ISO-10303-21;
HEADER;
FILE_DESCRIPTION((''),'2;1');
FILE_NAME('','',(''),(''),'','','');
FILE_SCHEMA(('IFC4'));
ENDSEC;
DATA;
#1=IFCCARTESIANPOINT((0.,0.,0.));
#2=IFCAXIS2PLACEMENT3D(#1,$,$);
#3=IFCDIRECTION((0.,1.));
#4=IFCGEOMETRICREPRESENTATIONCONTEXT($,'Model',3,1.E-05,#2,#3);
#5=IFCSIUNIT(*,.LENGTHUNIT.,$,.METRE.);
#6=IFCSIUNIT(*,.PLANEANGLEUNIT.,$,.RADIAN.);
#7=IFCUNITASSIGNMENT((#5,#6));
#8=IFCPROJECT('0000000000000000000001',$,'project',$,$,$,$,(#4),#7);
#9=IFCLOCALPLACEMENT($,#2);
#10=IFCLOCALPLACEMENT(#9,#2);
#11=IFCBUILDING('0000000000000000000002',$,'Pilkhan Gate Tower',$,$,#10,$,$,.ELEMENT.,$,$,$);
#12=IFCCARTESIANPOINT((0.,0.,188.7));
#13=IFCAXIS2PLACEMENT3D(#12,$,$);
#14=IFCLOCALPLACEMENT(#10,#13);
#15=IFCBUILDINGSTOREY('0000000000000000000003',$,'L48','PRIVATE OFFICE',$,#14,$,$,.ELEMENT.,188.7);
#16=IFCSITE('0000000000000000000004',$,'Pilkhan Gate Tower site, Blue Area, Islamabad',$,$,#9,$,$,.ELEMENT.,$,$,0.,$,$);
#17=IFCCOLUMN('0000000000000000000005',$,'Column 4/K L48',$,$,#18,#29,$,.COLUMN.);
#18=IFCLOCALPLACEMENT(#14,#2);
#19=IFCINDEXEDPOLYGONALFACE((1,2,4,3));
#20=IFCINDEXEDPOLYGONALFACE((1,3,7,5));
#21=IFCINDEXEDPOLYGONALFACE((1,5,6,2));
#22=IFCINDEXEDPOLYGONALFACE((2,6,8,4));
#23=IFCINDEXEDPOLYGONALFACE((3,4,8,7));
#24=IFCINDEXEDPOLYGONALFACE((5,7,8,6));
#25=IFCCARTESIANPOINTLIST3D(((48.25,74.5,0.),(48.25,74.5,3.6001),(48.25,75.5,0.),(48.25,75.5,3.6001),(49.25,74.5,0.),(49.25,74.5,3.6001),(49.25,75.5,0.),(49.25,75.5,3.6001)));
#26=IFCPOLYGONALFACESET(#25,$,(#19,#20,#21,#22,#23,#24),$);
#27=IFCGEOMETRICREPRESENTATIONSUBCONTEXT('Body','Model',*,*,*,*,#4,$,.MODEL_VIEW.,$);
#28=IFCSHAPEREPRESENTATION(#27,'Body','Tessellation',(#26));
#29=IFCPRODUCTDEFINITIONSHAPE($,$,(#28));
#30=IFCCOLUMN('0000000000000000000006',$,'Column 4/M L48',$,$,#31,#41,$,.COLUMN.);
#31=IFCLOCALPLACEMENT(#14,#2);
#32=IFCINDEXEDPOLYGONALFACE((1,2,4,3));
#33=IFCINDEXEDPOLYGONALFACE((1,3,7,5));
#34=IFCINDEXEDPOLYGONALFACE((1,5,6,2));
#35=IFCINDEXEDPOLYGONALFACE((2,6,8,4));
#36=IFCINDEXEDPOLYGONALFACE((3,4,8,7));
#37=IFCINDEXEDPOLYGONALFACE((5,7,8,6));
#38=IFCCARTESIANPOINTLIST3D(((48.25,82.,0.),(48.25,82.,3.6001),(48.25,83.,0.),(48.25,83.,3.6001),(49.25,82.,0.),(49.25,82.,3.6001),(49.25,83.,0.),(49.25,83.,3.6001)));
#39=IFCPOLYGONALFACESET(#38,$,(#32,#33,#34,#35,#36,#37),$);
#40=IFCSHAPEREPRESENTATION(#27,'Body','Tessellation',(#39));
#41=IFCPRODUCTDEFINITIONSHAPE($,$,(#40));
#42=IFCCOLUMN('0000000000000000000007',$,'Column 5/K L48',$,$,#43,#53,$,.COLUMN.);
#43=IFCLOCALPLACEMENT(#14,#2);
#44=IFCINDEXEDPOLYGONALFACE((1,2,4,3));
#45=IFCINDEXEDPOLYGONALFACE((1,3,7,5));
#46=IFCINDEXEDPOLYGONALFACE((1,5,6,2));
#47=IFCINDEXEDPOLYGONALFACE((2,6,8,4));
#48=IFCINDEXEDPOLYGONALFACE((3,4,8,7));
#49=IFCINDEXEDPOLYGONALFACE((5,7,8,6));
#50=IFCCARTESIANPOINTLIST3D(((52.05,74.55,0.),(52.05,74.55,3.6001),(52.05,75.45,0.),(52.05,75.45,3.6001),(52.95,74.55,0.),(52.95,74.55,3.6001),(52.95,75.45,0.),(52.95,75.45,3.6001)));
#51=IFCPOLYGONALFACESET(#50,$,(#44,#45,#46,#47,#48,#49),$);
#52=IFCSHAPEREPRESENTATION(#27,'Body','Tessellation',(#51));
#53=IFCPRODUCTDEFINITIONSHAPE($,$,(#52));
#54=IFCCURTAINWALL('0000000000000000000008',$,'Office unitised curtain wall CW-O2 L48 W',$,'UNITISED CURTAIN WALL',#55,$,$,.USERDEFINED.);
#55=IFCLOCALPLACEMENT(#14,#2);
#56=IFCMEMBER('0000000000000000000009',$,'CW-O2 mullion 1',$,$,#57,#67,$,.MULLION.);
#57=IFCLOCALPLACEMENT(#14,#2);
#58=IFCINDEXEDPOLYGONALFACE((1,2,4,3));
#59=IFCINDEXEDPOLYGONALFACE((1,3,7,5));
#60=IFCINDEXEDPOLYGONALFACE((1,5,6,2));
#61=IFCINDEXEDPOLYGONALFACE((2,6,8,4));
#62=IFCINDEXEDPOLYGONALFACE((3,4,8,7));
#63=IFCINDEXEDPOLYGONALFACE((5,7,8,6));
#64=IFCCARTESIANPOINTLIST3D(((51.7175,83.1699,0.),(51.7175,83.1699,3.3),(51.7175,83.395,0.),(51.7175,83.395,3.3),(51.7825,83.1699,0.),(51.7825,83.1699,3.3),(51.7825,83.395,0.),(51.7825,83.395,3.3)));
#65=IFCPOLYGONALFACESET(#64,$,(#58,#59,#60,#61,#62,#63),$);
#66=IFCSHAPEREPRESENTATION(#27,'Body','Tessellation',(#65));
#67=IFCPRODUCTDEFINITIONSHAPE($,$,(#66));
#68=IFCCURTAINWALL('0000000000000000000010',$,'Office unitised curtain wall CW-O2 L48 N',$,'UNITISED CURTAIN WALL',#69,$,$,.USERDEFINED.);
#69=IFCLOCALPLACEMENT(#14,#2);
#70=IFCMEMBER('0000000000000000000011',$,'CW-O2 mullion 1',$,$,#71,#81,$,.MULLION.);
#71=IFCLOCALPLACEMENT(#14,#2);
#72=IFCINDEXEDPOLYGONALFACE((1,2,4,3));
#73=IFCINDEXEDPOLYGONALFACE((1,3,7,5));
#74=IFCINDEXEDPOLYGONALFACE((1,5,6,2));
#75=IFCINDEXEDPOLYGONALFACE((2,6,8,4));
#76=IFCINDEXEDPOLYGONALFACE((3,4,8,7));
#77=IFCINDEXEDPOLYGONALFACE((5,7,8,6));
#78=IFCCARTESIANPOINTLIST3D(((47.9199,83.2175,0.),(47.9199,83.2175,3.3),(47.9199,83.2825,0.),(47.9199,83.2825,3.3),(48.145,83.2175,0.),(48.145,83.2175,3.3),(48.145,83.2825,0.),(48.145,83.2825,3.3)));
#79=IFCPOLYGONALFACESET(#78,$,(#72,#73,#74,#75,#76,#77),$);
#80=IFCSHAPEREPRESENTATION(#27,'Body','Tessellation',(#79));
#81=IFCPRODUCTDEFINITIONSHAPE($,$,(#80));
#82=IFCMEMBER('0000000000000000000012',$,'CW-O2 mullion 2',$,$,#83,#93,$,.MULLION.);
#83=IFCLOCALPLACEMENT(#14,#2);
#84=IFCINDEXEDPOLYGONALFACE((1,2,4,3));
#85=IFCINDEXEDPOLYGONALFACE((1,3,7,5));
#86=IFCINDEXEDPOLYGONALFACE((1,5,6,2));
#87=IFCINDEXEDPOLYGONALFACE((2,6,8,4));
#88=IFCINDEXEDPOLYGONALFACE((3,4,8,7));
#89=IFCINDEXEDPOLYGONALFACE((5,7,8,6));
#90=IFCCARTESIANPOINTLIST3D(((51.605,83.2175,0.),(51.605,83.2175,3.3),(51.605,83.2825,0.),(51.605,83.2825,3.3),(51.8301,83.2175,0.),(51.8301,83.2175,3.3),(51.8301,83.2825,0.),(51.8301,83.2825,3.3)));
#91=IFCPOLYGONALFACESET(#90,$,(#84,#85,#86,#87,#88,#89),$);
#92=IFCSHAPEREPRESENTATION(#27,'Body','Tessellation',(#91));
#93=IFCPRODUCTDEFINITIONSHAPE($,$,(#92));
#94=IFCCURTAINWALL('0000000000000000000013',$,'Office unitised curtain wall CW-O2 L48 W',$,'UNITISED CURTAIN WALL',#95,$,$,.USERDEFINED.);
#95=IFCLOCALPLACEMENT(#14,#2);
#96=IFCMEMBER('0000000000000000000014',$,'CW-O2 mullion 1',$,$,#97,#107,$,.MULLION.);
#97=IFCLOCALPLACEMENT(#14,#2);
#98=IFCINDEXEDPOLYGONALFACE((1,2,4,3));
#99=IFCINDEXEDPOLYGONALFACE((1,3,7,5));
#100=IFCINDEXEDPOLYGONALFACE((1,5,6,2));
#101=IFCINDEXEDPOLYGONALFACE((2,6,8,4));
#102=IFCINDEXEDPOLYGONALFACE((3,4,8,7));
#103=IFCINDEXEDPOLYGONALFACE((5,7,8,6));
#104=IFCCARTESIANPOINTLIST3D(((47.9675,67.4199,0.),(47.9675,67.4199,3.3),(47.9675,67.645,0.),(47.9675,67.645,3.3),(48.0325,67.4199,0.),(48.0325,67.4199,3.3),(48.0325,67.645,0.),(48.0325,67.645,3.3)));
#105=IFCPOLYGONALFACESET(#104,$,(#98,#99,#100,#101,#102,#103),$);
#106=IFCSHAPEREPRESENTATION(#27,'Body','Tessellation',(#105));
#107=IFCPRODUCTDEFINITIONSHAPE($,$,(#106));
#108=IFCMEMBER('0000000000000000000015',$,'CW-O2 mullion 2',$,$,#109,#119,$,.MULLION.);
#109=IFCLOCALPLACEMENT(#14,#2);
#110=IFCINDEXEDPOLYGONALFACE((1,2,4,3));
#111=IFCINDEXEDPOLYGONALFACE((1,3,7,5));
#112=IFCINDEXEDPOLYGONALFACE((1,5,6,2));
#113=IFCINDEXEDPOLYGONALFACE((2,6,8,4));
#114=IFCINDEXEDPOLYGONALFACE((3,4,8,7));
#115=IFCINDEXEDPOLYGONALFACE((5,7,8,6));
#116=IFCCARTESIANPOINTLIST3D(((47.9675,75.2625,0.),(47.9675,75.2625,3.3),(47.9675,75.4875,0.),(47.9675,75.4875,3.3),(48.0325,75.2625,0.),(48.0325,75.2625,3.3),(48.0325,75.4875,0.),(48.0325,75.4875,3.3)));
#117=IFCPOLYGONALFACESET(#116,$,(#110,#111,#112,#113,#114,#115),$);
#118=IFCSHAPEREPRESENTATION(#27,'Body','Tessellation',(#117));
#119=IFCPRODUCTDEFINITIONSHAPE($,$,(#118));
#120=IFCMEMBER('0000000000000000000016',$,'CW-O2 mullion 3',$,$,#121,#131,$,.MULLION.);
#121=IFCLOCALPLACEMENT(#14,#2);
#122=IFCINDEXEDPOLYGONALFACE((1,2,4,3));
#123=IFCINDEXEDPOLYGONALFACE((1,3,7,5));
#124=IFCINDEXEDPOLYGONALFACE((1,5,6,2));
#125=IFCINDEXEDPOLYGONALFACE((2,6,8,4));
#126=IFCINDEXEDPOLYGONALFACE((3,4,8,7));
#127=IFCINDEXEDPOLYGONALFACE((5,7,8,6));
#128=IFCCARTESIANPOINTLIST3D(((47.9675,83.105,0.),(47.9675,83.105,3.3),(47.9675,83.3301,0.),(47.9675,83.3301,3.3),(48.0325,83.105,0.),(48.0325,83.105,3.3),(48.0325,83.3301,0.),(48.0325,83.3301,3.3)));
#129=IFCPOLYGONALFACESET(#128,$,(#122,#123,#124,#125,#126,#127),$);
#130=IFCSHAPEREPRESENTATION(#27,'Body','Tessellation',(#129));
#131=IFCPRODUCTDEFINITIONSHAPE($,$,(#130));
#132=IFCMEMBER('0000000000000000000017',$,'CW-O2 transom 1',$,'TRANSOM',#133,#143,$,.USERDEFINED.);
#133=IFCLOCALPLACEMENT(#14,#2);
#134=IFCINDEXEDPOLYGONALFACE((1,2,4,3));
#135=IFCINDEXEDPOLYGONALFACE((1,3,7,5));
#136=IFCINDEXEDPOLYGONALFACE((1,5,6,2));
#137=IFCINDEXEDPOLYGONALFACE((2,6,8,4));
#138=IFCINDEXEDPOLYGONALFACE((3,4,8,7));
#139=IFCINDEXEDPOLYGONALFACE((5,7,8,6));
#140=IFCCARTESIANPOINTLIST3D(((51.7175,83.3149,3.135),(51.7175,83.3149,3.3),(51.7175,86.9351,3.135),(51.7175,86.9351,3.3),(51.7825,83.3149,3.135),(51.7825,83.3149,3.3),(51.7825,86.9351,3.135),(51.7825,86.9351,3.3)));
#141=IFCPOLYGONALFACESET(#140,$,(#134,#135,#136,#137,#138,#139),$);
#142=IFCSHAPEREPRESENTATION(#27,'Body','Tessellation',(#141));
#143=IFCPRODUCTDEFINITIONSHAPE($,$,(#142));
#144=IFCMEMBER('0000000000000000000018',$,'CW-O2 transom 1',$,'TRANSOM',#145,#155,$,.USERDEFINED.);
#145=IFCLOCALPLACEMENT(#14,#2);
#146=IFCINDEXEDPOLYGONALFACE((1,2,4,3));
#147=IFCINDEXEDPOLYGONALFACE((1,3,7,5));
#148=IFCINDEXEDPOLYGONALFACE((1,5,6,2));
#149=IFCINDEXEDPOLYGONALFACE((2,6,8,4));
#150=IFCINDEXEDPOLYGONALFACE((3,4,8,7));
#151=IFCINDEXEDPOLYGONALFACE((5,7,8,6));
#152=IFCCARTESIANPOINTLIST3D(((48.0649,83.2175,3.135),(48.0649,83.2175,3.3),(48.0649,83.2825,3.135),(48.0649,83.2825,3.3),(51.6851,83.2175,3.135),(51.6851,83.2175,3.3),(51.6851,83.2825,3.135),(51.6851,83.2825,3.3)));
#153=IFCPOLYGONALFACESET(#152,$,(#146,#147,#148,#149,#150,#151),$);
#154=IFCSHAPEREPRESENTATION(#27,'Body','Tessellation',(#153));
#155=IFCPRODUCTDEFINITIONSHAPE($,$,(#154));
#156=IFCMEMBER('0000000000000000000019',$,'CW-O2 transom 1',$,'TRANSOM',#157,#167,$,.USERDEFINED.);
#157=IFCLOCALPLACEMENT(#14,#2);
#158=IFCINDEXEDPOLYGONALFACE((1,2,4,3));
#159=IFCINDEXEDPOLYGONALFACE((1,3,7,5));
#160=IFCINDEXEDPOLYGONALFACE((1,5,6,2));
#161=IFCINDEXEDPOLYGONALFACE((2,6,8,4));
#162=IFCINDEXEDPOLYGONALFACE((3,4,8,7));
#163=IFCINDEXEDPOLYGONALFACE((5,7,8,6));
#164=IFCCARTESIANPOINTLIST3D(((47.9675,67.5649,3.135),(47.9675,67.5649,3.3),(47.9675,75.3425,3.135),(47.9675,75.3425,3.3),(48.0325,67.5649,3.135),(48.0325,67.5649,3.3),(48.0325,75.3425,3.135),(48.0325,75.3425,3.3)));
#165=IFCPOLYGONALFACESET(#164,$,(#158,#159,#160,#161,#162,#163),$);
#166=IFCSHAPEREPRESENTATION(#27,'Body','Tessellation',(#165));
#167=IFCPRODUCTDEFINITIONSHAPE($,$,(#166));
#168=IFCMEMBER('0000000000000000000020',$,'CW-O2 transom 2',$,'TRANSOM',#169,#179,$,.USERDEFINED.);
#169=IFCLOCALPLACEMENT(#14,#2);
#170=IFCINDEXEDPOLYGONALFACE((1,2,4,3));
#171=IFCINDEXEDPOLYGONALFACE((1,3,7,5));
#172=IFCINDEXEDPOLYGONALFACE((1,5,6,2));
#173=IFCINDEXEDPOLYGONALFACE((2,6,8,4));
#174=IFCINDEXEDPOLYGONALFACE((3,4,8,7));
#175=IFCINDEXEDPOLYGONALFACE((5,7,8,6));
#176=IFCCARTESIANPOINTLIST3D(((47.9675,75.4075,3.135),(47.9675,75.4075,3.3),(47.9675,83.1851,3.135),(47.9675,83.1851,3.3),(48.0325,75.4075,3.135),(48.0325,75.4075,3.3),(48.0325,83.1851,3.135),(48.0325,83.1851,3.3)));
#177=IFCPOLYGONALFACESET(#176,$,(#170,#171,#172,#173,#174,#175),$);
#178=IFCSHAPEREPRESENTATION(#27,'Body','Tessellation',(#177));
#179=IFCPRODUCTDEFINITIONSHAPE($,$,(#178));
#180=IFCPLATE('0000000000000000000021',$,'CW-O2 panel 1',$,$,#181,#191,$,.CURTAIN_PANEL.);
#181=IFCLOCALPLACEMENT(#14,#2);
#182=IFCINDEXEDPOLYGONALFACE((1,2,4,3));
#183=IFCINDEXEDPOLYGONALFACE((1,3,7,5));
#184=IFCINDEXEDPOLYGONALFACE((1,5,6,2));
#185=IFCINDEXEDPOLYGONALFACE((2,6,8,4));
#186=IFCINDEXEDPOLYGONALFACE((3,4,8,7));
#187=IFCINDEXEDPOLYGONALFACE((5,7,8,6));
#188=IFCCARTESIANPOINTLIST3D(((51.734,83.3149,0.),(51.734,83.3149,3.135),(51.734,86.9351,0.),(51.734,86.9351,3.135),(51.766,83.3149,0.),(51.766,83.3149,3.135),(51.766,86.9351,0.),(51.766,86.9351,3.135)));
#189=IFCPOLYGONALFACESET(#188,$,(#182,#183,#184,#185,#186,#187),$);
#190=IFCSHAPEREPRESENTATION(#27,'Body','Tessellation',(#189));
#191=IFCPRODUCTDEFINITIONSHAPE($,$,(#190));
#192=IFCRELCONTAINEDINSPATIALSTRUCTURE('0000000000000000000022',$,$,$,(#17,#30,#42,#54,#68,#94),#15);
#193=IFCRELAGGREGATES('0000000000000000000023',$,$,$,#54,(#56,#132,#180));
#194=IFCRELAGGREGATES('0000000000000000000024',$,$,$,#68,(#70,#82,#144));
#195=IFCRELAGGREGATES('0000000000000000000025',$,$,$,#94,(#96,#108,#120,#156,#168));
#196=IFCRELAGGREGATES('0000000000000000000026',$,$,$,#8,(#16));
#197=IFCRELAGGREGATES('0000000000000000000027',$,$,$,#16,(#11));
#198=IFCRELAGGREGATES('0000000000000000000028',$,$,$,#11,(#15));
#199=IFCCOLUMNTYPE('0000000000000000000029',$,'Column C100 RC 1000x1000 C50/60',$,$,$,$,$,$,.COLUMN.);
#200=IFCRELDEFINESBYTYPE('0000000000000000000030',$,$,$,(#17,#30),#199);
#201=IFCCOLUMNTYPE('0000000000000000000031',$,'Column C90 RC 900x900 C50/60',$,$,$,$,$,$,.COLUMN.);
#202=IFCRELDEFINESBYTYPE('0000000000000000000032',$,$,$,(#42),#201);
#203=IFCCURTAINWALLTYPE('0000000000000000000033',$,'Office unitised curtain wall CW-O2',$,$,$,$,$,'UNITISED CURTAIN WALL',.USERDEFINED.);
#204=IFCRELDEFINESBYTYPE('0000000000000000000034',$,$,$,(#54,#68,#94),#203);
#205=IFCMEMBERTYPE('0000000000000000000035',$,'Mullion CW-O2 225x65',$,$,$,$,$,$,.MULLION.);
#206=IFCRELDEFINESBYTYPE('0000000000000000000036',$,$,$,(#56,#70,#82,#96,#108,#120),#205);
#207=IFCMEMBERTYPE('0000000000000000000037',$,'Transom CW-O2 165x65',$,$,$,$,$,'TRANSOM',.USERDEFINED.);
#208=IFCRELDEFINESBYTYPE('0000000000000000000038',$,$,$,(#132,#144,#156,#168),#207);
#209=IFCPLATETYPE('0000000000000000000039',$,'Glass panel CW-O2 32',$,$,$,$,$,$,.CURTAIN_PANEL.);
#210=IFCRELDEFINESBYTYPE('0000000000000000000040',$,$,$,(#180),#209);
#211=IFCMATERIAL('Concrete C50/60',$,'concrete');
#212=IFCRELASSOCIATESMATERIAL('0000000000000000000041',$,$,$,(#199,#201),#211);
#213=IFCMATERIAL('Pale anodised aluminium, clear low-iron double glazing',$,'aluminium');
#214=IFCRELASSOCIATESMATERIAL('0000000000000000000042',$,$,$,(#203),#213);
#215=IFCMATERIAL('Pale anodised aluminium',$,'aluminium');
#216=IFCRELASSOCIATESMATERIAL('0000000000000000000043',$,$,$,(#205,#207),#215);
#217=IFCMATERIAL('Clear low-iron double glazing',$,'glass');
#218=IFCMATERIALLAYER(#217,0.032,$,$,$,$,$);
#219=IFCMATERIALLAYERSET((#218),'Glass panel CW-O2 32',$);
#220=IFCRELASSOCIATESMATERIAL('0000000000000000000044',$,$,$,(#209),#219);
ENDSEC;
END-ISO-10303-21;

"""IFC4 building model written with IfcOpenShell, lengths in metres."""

from ifc_helpers import new_model, si_unit, direction, frame, origin, origin_2d, place, context, subcontext, project, spatial, rectangle, extrude, material, layer, layer_set, material_profile, profile_set, type_object, element, aggregate, save


model = new_model("IFC4")

# Units and contexts
model_context = context("Model", 3, precision=1e-05, world=origin(), true_north=direction((0.0, 1.0)))
body_context = subcontext(model_context, "Body", "Model", "MODEL_VIEW")
ifc_project = project(units=[si_unit("LENGTHUNIT", "METRE"), si_unit("PLANEANGLEUNIT", "RADIAN")], contexts=[model_context])

# Site, building, storey
site_placement = place(None, origin())
site = spatial("IfcSite", under=ifc_project, at=site_placement, Name="Pilkhan Gate Tower site, Blue Area, Islamabad", CompositionType="ELEMENT", RefElevation=0.0)
building_placement = place(site_placement, origin())
building = spatial("IfcBuilding", under=site, at=building_placement, Name="Pilkhan Gate Tower", CompositionType="ELEMENT")
storey_placement = place(building_placement, frame((0.0, 0.0, 188.7)))
storey = spatial("IfcBuildingStorey", under=building, at=storey_placement, Name="L48", Description="PRIVATE OFFICE", CompositionType="ELEMENT", Elevation=188.7)

# Columns
ifc_material_1 = material(Name="Concrete C50/60", Category="concrete")
ifc_material_profile_1 = material_profile(ifc_material_1, rectangle(XDim=1.0, YDim=1.0, at=origin_2d()), Name="RC 1000x1000")
ifc_profile_set_1 = profile_set([ifc_material_profile_1], Name="Concrete C50/60")
column_type_1 = type_object("IfcColumnType", Name="Column C100 RC 1000x1000 C50/60", PredefinedType="COLUMN", material=ifc_profile_set_1)
for number, where, z_axis, x_axis, name in (
    (1, (48.75, 75.0, 0.0), (0.0, 0.0, 1.0), (1.0, 0.0, 0.0), "Column 4/K L48"),
    (2, (48.75, 82.5, 0.0), (0.0, 0.0, 1.0), (1.0, 0.0, 0.0), "Column 4/M L48"),
):
    element("IfcColumn", number, at=place(storey_placement, frame(where, z_axis=z_axis, x_axis=x_axis)), inside=storey, type_object=column_type_1, Name=name, PredefinedType="COLUMN", context=body_context, shape_type="SweptSolid", body=[
        extrude(rectangle(XDim=1.0, YDim=1.0, at=origin_2d()), origin(), (0.0, 0.0, 1.0), 3.6001),
    ])
ifc_material_profile_2 = material_profile(ifc_material_1, rectangle(XDim=0.8999, YDim=0.8999, at=origin_2d()), Name="RC 900x900")
ifc_profile_set_2 = profile_set([ifc_material_profile_2], Name="Concrete C50/60")
column_type_2 = type_object("IfcColumnType", Name="Column C90 RC 900x900 C50/60", PredefinedType="COLUMN", material=ifc_profile_set_2)
column_placement = place(storey_placement, frame((52.5, 75.0, 0.0), z_axis=(0.0, 0.0, 1.0), x_axis=(1.0, 0.0, 0.0)))
element("IfcColumn", 3, at=column_placement, inside=storey, type_object=column_type_2, Name="Column 5/K L48", PredefinedType="COLUMN", context=body_context, shape_type="SweptSolid", body=[
    extrude(rectangle(XDim=0.8999, YDim=0.8999, at=origin_2d()), origin(), (0.0, 0.0, 1.0), 3.6001),
])

# Curtain wall, member
ifc_material_2 = material(Name="Pale anodised aluminium, clear low-iron double glazing", Category="aluminium")
curtain_wall_type = type_object("IfcCurtainWallType", Name="Office unitised curtain wall CW-O2", ElementType="UNITISED CURTAIN WALL", PredefinedType="USERDEFINED", material=ifc_material_2)
curtain_wall_1_placement = place(storey_placement, origin())
curtain_wall_1 = element("IfcCurtainWall", 4, at=curtain_wall_1_placement, inside=storey, type_object=curtain_wall_type, Name="Office unitised curtain wall CW-O2 L48 W", ObjectType="UNITISED CURTAIN WALL", PredefinedType="USERDEFINED")
ifc_material_3 = material(Name="Pale anodised aluminium", Category="aluminium")
ifc_material_profile_3 = material_profile(ifc_material_3, rectangle(XDim=0.0649, YDim=0.2251, at=origin_2d()), Name="Mullion 225x65")
ifc_profile_set_3 = profile_set([ifc_material_profile_3], Name="Pale anodised aluminium")
member_type_1 = type_object("IfcMemberType", Name="Mullion CW-O2 225x65", PredefinedType="MULLION", material=ifc_profile_set_3)
member_1_placement = place(storey_placement, frame((51.75, 83.2825, 0.0), z_axis=(0.0, 0.0, 1.0), x_axis=(-1.0, 0.0, 0.0)))
member_1 = element("IfcMember", 5, at=member_1_placement, type_object=member_type_1, Name="CW-O2 mullion 1", PredefinedType="MULLION", context=body_context, shape_type="SweptSolid", body=[
    extrude(rectangle(XDim=0.0649, YDim=0.2251, at=origin_2d()), origin(), (0.0, 0.0, 1.0), 3.3),
])

# Curtain walls, members
curtain_wall_2_placement = place(storey_placement, origin())
curtain_wall_2 = element("IfcCurtainWall", 6, at=curtain_wall_2_placement, inside=storey, type_object=curtain_wall_type, Name="Office unitised curtain wall CW-O2 L48 N", ObjectType="UNITISED CURTAIN WALL", PredefinedType="USERDEFINED")
member_2_placement = place(storey_placement, frame((48.0325, 83.25, 0.0), z_axis=(0.0, 0.0, 1.0), x_axis=(0.0, 1.0, 0.0)))
member_2 = element("IfcMember", 7, at=member_2_placement, type_object=member_type_1, Name="CW-O2 mullion 1", PredefinedType="MULLION", context=body_context, shape_type="SweptSolid", body=[
    extrude(rectangle(XDim=0.0649, YDim=0.2251, at=origin_2d()), origin(), (0.0, 0.0, 1.0), 3.3),
])
member_3_placement = place(storey_placement, frame((51.7175, 83.25, 0.0), z_axis=(0.0, 0.0, 1.0), x_axis=(0.0, 1.0, 0.0)))
member_3 = element("IfcMember", 8, at=member_3_placement, type_object=member_type_1, Name="CW-O2 mullion 2", PredefinedType="MULLION", context=body_context, shape_type="SweptSolid", body=[
    extrude(rectangle(XDim=0.0649, YDim=0.2251, at=origin_2d()), origin(), (0.0, 0.0, 1.0), 3.3),
])
curtain_wall_3_placement = place(storey_placement, origin())
curtain_wall_3 = element("IfcCurtainWall", 9, at=curtain_wall_3_placement, inside=storey, type_object=curtain_wall_type, Name="Office unitised curtain wall CW-O2 L48 W", ObjectType="UNITISED CURTAIN WALL", PredefinedType="USERDEFINED")
member_4_placement = place(storey_placement, frame((48.0, 67.5325, 0.0), z_axis=(0.0, 0.0, 1.0), x_axis=(-1.0, 0.0, 0.0)))
member_4 = element("IfcMember", 10, at=member_4_placement, type_object=member_type_1, Name="CW-O2 mullion 1", PredefinedType="MULLION", context=body_context, shape_type="SweptSolid", body=[
    extrude(rectangle(XDim=0.0649, YDim=0.2251, at=origin_2d()), origin(), (0.0, 0.0, 1.0), 3.3),
])
member_5_placement = place(storey_placement, frame((48.0, 75.375, 0.0), z_axis=(0.0, 0.0, 1.0), x_axis=(-1.0, 0.0, 0.0)))
member_5 = element("IfcMember", 11, at=member_5_placement, type_object=member_type_1, Name="CW-O2 mullion 2", PredefinedType="MULLION", context=body_context, shape_type="SweptSolid", body=[
    extrude(rectangle(XDim=0.0649, YDim=0.2251, at=origin_2d()), origin(), (0.0, 0.0, 1.0), 3.3),
])
member_6_placement = place(storey_placement, frame((48.0, 83.2175, 0.0), z_axis=(0.0, 0.0, 1.0), x_axis=(-1.0, 0.0, 0.0)))
member_6 = element("IfcMember", 12, at=member_6_placement, type_object=member_type_1, Name="CW-O2 mullion 3", PredefinedType="MULLION", context=body_context, shape_type="SweptSolid", body=[
    extrude(rectangle(XDim=0.0649, YDim=0.2251, at=origin_2d()), origin(), (0.0, 0.0, 1.0), 3.3),
])

# Members
ifc_material_profile_4 = material_profile(ifc_material_3, rectangle(XDim=0.0649, YDim=0.165, at=origin_2d()), Name="Transom 165x65")
ifc_profile_set_4 = profile_set([ifc_material_profile_4], Name="Pale anodised aluminium")
member_type_2 = type_object("IfcMemberType", Name="Transom CW-O2 165x65", ElementType="TRANSOM", PredefinedType="USERDEFINED", material=ifc_profile_set_4)
member_7_placement = place(storey_placement, frame((51.75, 83.3149, 3.2175), z_axis=(0.0, 1.0, 0.0), x_axis=(-1.0, 0.0, 0.0)))
member_7 = element("IfcMember", 13, at=member_7_placement, type_object=member_type_2, Name="CW-O2 transom 1", ObjectType="TRANSOM", PredefinedType="USERDEFINED", context=body_context, shape_type="SweptSolid", body=[
    extrude(rectangle(XDim=0.0649, YDim=0.165, at=origin_2d()), origin(), (0.0, 0.0, 1.0), 3.6201),
])
member_8_placement = place(storey_placement, frame((48.0649, 83.25, 3.2175), z_axis=(1.0, 0.0, 0.0), x_axis=(0.0, 1.0, 0.0)))
member_8 = element("IfcMember", 14, at=member_8_placement, type_object=member_type_2, Name="CW-O2 transom 1", ObjectType="TRANSOM", PredefinedType="USERDEFINED", context=body_context, shape_type="SweptSolid", body=[
    extrude(rectangle(XDim=0.0649, YDim=0.165, at=origin_2d()), origin(), (0.0, 0.0, 1.0), 3.6201),
])
member_9_placement = place(storey_placement, frame((48.0, 67.5649, 3.2175), z_axis=(0.0, 1.0, 0.0), x_axis=(-1.0, 0.0, 0.0)))
member_9 = element("IfcMember", 15, at=member_9_placement, type_object=member_type_2, Name="CW-O2 transom 1", ObjectType="TRANSOM", PredefinedType="USERDEFINED", context=body_context, shape_type="SweptSolid", body=[
    extrude(rectangle(XDim=0.0649, YDim=0.165, at=origin_2d()), origin(), (0.0, 0.0, 1.0), 7.7776),
])
member_10_placement = place(storey_placement, frame((48.0, 75.4075, 3.2175), z_axis=(0.0, 1.0, 0.0), x_axis=(-1.0, 0.0, 0.0)))
member_10 = element("IfcMember", 16, at=member_10_placement, type_object=member_type_2, Name="CW-O2 transom 2", ObjectType="TRANSOM", PredefinedType="USERDEFINED", context=body_context, shape_type="SweptSolid", body=[
    extrude(rectangle(XDim=0.0649, YDim=0.165, at=origin_2d()), origin(), (0.0, 0.0, 1.0), 7.7776),
])

# Plate
ifc_material_4 = material(Name="Clear low-iron double glazing", Category="glass")
ifc_layer_1 = layer(ifc_material_4, 0.032)
ifc_layer_set_1 = layer_set([ifc_layer_1], Name="Glass panel CW-O2 32")
plate_type = type_object("IfcPlateType", Name="Glass panel CW-O2 32", PredefinedType="CURTAIN_PANEL", material=ifc_layer_set_1)
plate_1_placement = place(storey_placement, frame((51.75, 85.125, 0.0), z_axis=(0.0, 0.0, 1.0), x_axis=(0.0, 1.0, 0.0)))
plate_1 = element("IfcPlate", 17, at=plate_1_placement, type_object=plate_type, Name="CW-O2 panel 1", PredefinedType="CURTAIN_PANEL", context=body_context, shape_type="SweptSolid", body=[
    extrude(rectangle(XDim=3.6201, YDim=0.032, at=origin_2d()), origin(), (0.0, 0.0, 1.0), 3.135),
])
aggregate(curtain_wall_1, [member_1, member_7, plate_1])
aggregate(curtain_wall_2, [member_2, member_3, member_8])
aggregate(curtain_wall_3, [member_4, member_5, member_6, member_9, member_10])

save(model, "model.ifc")
